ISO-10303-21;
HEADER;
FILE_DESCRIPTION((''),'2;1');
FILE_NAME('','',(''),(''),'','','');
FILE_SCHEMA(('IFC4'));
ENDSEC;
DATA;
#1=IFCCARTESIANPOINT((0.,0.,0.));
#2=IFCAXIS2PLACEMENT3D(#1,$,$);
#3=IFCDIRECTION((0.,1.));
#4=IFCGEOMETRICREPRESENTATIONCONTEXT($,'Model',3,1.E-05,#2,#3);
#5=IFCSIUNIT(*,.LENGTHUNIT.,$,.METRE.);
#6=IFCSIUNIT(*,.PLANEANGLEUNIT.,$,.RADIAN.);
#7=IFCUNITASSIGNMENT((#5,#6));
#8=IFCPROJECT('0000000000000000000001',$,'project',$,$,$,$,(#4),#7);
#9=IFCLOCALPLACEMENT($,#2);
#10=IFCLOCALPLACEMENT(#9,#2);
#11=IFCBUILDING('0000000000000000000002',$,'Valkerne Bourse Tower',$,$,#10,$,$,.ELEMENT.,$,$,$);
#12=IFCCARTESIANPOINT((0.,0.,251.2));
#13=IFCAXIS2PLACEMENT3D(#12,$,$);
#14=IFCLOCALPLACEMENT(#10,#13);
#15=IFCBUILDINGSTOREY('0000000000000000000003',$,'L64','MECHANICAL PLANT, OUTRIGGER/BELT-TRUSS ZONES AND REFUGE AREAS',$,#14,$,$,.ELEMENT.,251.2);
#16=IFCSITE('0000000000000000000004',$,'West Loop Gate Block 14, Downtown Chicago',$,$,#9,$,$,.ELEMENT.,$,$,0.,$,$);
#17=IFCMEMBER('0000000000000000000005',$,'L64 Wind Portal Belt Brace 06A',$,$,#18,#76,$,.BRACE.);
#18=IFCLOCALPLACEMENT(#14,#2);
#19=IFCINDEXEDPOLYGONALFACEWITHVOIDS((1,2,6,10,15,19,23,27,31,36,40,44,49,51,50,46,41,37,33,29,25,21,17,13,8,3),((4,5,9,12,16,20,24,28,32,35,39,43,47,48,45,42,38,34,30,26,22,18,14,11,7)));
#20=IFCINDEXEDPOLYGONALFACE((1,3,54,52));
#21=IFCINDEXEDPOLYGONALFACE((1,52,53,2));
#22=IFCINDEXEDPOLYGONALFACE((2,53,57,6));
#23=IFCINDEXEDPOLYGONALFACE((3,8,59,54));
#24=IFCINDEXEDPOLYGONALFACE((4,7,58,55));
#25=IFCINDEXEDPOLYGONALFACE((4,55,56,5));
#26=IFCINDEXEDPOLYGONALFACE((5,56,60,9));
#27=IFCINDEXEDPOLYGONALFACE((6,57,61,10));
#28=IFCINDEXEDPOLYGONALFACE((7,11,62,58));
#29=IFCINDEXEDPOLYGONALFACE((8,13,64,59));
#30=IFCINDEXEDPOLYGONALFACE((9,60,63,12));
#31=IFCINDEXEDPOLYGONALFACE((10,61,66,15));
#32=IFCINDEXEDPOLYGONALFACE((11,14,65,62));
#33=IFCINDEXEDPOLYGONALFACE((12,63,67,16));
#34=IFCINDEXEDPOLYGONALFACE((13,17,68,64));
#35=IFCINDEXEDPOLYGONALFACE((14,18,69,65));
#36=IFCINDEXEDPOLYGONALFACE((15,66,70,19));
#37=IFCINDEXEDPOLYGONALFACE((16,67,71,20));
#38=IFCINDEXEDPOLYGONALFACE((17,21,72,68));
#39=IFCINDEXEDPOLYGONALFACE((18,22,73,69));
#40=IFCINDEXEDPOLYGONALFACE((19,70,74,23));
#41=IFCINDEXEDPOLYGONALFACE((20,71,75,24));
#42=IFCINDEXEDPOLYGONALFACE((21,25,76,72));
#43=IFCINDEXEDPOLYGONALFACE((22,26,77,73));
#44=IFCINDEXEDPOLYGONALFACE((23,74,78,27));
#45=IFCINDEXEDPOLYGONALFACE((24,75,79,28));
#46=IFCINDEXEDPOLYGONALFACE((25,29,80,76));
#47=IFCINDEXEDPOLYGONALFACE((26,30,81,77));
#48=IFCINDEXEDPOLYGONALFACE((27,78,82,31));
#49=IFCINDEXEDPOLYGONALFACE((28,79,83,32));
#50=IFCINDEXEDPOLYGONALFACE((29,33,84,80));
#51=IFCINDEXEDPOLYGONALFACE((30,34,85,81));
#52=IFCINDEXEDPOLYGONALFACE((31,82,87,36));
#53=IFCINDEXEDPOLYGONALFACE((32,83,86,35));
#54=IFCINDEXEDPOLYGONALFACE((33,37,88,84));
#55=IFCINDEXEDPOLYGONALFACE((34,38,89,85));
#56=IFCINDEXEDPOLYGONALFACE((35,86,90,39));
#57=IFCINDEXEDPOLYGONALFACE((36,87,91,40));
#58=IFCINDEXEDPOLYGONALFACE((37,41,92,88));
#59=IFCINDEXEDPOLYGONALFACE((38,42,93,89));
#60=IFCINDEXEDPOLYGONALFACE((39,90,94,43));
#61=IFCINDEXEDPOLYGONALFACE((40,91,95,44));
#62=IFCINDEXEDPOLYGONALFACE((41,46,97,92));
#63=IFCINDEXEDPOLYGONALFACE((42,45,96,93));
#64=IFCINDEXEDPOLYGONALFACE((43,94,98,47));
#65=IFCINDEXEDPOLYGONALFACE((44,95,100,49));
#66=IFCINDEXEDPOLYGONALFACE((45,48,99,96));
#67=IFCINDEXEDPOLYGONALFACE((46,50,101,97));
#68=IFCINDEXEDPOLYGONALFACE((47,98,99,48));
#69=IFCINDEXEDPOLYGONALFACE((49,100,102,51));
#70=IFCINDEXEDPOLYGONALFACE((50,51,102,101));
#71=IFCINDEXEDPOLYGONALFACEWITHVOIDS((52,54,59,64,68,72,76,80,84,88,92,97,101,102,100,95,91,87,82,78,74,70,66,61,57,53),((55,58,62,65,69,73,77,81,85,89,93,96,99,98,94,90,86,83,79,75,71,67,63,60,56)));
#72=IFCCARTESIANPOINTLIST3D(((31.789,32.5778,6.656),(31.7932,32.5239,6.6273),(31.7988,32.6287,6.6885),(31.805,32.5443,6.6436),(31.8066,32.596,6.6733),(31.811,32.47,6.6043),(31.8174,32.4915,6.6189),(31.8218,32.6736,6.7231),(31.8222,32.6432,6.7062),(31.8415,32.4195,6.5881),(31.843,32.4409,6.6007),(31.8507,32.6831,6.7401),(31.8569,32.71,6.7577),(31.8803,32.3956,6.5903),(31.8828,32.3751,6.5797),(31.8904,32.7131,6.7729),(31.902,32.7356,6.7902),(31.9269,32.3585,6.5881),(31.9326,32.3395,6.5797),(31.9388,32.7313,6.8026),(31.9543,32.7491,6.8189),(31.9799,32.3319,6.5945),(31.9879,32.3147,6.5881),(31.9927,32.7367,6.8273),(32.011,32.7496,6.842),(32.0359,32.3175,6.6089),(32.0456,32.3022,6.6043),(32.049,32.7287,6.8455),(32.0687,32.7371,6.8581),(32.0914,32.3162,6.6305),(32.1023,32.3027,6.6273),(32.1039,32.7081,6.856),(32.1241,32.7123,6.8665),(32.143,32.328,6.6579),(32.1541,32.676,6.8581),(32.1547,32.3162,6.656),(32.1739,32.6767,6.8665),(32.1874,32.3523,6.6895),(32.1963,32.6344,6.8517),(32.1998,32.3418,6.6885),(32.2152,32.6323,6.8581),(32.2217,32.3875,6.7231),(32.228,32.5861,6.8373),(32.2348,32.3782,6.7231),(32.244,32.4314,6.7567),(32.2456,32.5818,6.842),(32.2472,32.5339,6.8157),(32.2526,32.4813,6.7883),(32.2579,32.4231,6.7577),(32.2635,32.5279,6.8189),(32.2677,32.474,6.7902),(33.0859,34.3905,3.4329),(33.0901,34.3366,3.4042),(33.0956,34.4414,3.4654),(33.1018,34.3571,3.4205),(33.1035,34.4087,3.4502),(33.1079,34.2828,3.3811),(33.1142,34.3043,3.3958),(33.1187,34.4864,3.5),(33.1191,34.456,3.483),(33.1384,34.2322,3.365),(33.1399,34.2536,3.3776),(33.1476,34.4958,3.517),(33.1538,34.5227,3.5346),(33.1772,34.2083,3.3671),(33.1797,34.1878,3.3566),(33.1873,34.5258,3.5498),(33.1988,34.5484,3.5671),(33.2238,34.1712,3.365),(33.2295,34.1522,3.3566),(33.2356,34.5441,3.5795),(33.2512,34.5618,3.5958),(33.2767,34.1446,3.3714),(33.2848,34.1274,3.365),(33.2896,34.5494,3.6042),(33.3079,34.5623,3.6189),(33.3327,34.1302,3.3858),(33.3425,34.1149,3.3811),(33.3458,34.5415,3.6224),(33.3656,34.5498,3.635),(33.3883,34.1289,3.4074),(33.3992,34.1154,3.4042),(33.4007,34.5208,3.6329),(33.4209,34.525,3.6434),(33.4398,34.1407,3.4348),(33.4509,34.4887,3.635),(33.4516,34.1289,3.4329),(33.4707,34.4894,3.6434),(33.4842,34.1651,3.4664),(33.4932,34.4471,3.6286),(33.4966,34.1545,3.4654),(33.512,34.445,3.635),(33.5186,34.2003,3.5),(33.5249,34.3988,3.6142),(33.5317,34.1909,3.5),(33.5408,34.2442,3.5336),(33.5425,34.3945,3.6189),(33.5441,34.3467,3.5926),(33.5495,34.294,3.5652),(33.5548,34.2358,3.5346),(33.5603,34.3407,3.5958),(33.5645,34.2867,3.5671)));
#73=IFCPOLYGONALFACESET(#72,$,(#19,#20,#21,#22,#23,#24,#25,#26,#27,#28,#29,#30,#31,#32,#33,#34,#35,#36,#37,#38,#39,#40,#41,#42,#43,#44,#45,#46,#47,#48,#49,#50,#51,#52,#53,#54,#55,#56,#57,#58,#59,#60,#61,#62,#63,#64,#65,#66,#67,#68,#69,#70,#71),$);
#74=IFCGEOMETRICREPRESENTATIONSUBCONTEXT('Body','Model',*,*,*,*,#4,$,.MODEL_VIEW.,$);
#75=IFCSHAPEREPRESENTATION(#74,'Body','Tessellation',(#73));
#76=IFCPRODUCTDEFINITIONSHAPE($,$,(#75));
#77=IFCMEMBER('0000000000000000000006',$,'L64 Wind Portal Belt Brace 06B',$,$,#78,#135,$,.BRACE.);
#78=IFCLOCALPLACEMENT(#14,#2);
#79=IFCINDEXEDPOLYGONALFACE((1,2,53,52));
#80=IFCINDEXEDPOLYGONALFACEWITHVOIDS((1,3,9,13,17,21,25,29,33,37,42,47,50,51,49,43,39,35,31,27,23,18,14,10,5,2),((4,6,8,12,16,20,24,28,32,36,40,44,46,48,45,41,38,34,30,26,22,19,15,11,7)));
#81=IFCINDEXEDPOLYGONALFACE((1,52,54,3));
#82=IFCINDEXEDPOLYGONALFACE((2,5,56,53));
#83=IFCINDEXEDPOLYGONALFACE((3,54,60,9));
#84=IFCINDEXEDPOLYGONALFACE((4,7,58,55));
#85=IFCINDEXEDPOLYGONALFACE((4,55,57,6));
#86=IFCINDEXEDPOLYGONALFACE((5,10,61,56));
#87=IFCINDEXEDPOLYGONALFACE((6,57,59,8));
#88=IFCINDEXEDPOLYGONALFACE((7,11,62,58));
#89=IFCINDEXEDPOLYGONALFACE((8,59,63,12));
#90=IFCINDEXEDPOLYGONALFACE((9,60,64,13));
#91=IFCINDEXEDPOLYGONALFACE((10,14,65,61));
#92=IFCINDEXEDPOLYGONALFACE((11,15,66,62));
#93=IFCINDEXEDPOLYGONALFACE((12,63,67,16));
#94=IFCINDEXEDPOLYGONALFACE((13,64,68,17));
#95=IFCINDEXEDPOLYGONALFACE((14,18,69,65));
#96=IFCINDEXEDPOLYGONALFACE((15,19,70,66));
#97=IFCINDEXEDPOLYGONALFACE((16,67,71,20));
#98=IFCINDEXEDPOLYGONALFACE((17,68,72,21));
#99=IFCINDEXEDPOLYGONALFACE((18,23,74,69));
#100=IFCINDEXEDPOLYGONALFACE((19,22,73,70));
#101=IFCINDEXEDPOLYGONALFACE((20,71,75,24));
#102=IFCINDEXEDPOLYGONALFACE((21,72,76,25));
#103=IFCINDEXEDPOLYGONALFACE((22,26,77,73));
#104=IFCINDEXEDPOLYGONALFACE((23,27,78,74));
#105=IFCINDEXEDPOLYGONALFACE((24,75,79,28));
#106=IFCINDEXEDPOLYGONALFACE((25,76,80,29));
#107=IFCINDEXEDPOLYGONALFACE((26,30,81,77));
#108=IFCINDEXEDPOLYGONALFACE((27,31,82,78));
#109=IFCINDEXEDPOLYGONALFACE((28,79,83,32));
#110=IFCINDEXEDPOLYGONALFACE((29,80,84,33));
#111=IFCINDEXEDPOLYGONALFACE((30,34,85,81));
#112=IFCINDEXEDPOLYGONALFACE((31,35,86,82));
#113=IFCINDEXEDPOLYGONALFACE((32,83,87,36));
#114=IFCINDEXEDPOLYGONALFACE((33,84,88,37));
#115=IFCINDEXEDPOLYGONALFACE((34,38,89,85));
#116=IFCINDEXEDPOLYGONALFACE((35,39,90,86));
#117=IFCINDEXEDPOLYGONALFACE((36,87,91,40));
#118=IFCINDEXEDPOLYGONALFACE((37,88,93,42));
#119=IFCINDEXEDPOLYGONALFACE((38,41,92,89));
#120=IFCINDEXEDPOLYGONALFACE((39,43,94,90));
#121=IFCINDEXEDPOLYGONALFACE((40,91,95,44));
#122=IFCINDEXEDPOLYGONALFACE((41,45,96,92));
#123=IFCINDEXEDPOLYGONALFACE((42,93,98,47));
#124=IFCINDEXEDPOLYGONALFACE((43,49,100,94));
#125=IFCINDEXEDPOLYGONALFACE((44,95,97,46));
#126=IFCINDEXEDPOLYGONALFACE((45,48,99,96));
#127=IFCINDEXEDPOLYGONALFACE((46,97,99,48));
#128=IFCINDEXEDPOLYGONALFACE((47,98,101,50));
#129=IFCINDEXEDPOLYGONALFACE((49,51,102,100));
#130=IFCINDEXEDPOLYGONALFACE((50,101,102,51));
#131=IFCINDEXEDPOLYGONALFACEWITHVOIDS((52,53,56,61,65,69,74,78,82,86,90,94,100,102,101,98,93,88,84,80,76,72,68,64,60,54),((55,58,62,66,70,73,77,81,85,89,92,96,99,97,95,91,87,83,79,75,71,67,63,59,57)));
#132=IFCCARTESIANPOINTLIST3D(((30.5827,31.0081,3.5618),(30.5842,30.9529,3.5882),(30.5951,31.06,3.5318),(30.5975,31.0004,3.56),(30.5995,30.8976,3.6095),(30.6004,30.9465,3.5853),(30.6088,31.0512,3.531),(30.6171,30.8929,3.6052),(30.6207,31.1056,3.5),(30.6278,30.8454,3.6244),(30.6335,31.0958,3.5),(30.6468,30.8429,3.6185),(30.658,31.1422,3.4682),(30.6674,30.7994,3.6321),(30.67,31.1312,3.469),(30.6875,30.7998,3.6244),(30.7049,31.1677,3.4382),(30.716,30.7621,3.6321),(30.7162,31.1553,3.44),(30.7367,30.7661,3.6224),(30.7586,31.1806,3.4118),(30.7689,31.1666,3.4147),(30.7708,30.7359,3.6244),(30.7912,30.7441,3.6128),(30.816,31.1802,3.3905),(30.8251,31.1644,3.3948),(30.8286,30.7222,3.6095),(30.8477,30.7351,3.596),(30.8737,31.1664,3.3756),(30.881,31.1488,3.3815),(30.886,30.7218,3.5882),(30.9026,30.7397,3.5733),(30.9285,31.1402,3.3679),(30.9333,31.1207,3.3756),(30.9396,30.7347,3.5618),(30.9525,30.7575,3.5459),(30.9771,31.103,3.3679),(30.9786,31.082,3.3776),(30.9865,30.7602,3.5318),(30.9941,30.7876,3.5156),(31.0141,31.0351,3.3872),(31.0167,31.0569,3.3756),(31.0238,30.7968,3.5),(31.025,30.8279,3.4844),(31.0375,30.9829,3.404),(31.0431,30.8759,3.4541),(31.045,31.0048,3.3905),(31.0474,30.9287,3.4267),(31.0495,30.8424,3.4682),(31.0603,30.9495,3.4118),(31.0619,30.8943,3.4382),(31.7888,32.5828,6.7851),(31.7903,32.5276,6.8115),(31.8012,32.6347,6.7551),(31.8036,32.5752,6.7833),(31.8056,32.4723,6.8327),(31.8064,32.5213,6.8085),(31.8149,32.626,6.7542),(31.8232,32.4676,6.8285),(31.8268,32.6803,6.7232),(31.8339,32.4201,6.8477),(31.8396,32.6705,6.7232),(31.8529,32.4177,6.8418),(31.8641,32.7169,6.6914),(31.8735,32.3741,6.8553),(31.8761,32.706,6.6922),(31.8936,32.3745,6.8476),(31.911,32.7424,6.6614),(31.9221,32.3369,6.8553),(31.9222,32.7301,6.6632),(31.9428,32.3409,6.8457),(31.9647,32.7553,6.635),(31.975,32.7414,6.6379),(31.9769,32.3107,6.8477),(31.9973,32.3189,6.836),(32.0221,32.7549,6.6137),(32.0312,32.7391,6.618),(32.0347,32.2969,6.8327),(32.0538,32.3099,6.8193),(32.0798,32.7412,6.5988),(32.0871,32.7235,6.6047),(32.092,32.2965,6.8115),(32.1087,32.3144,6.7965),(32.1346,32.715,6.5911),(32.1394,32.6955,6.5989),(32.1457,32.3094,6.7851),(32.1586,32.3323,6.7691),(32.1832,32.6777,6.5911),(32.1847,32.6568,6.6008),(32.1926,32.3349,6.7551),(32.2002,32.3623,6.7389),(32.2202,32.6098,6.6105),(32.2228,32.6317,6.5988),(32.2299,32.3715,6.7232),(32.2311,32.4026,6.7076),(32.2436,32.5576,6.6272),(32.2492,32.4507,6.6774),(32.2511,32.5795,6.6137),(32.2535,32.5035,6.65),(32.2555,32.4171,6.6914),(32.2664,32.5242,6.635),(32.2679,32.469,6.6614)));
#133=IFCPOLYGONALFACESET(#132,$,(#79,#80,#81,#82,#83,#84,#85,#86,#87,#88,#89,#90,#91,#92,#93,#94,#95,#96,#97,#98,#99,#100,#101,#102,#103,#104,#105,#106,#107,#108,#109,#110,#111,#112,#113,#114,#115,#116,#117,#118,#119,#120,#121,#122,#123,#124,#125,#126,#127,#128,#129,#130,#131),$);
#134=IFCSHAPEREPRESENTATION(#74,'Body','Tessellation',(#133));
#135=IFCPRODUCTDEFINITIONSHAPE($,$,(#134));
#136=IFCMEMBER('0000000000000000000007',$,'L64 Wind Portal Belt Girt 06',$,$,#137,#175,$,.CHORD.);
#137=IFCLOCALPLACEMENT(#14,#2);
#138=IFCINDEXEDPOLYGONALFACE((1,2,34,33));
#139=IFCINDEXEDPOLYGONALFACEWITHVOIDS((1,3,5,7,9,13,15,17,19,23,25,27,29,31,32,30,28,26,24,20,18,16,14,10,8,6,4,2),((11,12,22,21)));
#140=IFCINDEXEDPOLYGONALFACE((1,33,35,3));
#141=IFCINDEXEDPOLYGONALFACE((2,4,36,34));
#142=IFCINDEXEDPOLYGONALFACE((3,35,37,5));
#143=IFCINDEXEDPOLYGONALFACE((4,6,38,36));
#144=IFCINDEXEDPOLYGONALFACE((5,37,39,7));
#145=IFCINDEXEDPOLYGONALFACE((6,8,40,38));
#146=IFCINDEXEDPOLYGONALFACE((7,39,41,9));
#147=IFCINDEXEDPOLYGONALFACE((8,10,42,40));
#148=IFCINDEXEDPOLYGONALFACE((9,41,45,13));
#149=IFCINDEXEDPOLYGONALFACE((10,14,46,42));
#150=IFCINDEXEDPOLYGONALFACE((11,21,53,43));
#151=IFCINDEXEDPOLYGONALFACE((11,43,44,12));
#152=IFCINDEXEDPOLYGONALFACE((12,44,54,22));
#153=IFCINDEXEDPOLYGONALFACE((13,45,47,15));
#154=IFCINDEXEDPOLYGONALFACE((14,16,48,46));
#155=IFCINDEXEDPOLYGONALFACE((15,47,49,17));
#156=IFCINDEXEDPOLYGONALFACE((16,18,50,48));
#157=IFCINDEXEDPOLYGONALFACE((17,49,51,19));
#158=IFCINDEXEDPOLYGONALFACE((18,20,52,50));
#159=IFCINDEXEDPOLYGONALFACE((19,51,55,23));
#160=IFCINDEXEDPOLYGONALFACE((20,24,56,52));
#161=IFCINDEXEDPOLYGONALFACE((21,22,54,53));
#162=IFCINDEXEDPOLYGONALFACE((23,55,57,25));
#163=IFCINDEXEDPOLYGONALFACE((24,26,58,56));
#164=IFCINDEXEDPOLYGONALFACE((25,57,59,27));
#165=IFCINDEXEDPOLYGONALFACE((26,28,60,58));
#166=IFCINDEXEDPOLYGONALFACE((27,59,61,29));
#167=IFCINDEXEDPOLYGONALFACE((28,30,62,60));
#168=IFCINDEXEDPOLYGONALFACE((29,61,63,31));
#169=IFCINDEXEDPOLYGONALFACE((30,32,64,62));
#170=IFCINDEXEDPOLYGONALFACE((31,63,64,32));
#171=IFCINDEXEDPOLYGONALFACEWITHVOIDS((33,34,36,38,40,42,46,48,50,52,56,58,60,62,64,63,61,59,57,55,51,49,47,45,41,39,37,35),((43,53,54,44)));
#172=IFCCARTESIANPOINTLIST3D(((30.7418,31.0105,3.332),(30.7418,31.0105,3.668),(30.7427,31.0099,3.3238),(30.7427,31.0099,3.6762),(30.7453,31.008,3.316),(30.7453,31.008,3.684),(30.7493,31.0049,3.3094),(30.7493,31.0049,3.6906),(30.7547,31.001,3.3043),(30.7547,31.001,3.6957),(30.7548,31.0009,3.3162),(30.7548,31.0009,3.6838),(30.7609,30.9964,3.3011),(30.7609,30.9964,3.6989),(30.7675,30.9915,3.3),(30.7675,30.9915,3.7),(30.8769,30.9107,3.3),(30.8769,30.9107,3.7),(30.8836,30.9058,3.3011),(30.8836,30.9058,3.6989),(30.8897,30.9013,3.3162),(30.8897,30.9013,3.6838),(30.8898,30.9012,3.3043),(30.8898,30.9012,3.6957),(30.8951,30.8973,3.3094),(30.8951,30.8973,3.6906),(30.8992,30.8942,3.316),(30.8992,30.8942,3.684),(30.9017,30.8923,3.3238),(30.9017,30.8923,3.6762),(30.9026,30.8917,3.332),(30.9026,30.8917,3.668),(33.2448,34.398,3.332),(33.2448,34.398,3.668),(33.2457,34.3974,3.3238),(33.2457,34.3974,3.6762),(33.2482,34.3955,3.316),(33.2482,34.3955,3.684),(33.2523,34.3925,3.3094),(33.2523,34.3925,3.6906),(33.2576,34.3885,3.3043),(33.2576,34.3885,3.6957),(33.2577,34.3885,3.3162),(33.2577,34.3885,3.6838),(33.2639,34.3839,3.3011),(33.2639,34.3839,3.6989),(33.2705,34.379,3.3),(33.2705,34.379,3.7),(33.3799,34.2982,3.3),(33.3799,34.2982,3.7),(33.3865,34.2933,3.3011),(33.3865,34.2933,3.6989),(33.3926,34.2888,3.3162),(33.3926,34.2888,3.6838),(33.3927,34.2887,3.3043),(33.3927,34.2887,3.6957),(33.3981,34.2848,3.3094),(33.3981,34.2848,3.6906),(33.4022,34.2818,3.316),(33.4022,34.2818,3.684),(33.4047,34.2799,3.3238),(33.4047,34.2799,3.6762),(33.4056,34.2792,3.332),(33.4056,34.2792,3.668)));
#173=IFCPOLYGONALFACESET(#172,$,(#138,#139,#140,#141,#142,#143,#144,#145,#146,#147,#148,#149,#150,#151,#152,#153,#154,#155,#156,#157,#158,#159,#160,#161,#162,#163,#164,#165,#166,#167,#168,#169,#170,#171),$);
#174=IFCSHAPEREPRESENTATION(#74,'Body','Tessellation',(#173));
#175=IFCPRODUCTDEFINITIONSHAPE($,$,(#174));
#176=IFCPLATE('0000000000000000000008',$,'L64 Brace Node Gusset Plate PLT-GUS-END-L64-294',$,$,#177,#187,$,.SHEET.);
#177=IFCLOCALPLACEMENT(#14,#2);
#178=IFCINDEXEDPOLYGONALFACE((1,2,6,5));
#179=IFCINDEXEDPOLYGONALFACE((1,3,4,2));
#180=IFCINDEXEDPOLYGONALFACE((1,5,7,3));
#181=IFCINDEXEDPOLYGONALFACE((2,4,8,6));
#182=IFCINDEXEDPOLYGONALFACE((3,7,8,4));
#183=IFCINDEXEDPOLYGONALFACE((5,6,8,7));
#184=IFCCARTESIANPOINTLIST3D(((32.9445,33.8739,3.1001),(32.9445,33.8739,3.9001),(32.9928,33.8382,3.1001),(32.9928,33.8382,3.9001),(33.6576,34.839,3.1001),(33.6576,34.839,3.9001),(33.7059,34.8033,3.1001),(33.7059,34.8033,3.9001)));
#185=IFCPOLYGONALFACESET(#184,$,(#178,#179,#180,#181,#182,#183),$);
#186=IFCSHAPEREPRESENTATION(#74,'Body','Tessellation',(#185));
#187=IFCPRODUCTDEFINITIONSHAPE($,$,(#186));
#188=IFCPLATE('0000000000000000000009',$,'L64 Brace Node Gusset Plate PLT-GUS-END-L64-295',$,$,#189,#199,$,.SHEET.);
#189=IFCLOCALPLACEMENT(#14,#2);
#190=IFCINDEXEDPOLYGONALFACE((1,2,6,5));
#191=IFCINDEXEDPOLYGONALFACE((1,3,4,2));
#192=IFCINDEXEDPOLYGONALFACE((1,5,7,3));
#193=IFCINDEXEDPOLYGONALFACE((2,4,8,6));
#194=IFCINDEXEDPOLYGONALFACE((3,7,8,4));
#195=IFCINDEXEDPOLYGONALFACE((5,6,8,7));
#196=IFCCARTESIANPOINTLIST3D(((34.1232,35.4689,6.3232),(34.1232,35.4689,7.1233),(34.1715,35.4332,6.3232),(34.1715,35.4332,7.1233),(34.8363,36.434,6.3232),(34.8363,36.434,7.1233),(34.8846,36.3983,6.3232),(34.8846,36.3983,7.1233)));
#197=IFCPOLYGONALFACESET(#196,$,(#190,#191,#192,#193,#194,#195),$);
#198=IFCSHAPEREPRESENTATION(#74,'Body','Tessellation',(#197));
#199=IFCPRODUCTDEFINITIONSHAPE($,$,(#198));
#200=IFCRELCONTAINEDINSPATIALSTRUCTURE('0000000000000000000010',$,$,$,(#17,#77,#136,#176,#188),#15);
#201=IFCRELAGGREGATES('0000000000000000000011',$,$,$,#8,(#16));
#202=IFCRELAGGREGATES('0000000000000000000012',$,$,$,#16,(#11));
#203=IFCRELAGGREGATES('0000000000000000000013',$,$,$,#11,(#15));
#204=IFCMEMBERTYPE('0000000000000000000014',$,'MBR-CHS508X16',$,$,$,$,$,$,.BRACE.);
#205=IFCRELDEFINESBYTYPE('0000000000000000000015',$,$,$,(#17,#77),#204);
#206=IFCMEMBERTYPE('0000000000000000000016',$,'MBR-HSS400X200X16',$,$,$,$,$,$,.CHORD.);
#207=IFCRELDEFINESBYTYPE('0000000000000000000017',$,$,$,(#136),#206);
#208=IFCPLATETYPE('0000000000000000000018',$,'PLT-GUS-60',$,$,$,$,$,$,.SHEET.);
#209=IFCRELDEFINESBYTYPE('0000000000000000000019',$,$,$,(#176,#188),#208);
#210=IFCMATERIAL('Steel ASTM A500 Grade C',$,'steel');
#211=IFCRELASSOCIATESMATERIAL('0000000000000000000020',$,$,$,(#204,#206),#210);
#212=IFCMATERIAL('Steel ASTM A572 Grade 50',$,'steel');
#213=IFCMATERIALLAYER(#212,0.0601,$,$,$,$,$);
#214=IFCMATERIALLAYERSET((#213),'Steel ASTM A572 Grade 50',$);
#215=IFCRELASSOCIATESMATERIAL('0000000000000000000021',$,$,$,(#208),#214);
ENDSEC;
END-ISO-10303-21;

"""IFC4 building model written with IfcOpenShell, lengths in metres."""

from ifc_helpers import new_model, si_unit, direction, frame, origin, origin_2d, place, context, subcontext, project, spatial, rectangle, hollow_rectangle, hollow_circle, extrude, material, layer, layer_set, material_profile, profile_set, type_object, element, save


model = new_model("IFC4")

# Units and contexts
model_context = context("Model", 3, precision=1e-05, world=origin(), true_north=direction((0.0, 1.0)))
body_context = subcontext(model_context, "Body", "Model", "MODEL_VIEW")
ifc_project = project(units=[si_unit("LENGTHUNIT", "METRE"), si_unit("PLANEANGLEUNIT", "RADIAN")], contexts=[model_context])

# Site, building, storey
site_placement = place(None, origin())
site = spatial("IfcSite", under=ifc_project, at=site_placement, Name="West Loop Gate Block 14, Downtown Chicago", CompositionType="ELEMENT", RefElevation=0.0)
building_placement = place(site_placement, origin())
building = spatial("IfcBuilding", under=site, at=building_placement, Name="Valkerne Bourse Tower", CompositionType="ELEMENT")
storey_placement = place(building_placement, frame((0.0, 0.0, 251.2)))
storey = spatial("IfcBuildingStorey", under=building, at=storey_placement, Name="L64", Description="MECHANICAL PLANT, OUTRIGGER/BELT-TRUSS ZONES AND REFUGE AREAS", CompositionType="ELEMENT", Elevation=251.2)

# Members
ifc_material_1 = material(Name="Steel ASTM A500 Grade C", Category="steel")
ifc_material_profile_1 = material_profile(ifc_material_1, hollow_circle(Radius=0.2539, WallThickness=0.0161, at=origin_2d()), Name="CHS508X16")
ifc_profile_set_1 = profile_set([ifc_material_profile_1], Name="Steel ASTM A500 Grade C")
member_type_1 = type_object("IfcMemberType", Name="MBR-CHS508X16", PredefinedType="BRACE", material=ifc_profile_set_1)
member_1_placement = place(storey_placement, frame((33.3252, 34.3386, 3.5), z_axis=(-0.330941, -0.462582, 0.822493), x_axis=(0.813297, -0.581849, 0.0)))
element("IfcMember", 1, at=member_1_placement, inside=storey, type_object=member_type_1, Name="L64 Wind Portal Belt Brace 06A", PredefinedType="BRACE", context=body_context, shape_type="SweptSolid", body=[
    extrude(hollow_circle(Radius=0.2539, WallThickness=0.0161, at=origin_2d()), origin(), (0.0, 0.0, 1.0), 3.9187),
])
member_2_placement = place(storey_placement, frame((30.8223, 30.9512, 3.5), z_axis=(0.318677, 0.416087, 0.851655), x_axis=(-0.793903, 0.608044, 0.0)))
element("IfcMember", 2, at=member_2_placement, inside=storey, type_object=member_type_1, Name="L64 Wind Portal Belt Brace 06B", PredefinedType="BRACE", context=body_context, shape_type="SweptSolid", body=[
    extrude(hollow_circle(Radius=0.2539, WallThickness=0.0161, at=origin_2d()), origin(), (0.0, 0.0, 1.0), 3.7847),
])
ifc_material_profile_2 = material_profile(ifc_material_1, hollow_rectangle(XDim=0.2, YDim=0.3999, WallThickness=0.0161, OuterFilletRadius=0.032, at=origin_2d()), Name="HSS400X200X16")
ifc_profile_set_2 = profile_set([ifc_material_profile_2], Name="Steel ASTM A500 Grade C")
member_type_2 = type_object("IfcMemberType", Name="MBR-HSS400X200X16", PredefinedType="CHORD", material=ifc_profile_set_2)
member_3_placement = place(storey_placement, frame((33.3252, 34.3386, 3.5), z_axis=(-0.594262, -0.804271, 0.0), x_axis=(0.804271, -0.594262, 0.0)))
element("IfcMember", 3, at=member_3_placement, inside=storey, type_object=member_type_2, Name="L64 Wind Portal Belt Girt 06", PredefinedType="CHORD", context=body_context, shape_type="SweptSolid", body=[
    extrude(hollow_rectangle(XDim=0.2, YDim=0.3999, WallThickness=0.0161, OuterFilletRadius=0.032, at=origin_2d()), origin(), (0.0, 0.0, 1.0), 4.2119),
])

# Plates
ifc_material_2 = material(Name="Steel ASTM A572 Grade 50", Category="steel")
ifc_layer_1 = layer(ifc_material_2, 0.0601)
ifc_layer_set_1 = layer_set([ifc_layer_1], Name="Steel ASTM A572 Grade 50")
plate_type = type_object("IfcPlateType", Name="PLT-GUS-60", PredefinedType="SHEET", material=ifc_layer_set_1)
for number, where, z_axis, x_axis, name in (
    (4, (33.3252, 34.3386, 3.1001), (0.0, 0.0, 1.0), (-0.594261, -0.804272, 0.0), "L64 Brace Node Gusset Plate PLT-GUS-END-L64-294"),
    (5, (34.5039, 35.9336, 6.3232), (0.0, 0.0, 1.0), (-0.594261, -0.804272, 0.0), "L64 Brace Node Gusset Plate PLT-GUS-END-L64-295"),
):
    element("IfcPlate", number, at=place(storey_placement, frame(where, z_axis=z_axis, x_axis=x_axis)), inside=storey, type_object=plate_type, Name=name, PredefinedType="SHEET", context=body_context, shape_type="SweptSolid", body=[
        extrude(rectangle(XDim=1.2, YDim=0.0601, at=origin_2d()), origin(), (0.0, 0.0, 1.0), 0.8),
    ])

save(model, "model.ifc")
